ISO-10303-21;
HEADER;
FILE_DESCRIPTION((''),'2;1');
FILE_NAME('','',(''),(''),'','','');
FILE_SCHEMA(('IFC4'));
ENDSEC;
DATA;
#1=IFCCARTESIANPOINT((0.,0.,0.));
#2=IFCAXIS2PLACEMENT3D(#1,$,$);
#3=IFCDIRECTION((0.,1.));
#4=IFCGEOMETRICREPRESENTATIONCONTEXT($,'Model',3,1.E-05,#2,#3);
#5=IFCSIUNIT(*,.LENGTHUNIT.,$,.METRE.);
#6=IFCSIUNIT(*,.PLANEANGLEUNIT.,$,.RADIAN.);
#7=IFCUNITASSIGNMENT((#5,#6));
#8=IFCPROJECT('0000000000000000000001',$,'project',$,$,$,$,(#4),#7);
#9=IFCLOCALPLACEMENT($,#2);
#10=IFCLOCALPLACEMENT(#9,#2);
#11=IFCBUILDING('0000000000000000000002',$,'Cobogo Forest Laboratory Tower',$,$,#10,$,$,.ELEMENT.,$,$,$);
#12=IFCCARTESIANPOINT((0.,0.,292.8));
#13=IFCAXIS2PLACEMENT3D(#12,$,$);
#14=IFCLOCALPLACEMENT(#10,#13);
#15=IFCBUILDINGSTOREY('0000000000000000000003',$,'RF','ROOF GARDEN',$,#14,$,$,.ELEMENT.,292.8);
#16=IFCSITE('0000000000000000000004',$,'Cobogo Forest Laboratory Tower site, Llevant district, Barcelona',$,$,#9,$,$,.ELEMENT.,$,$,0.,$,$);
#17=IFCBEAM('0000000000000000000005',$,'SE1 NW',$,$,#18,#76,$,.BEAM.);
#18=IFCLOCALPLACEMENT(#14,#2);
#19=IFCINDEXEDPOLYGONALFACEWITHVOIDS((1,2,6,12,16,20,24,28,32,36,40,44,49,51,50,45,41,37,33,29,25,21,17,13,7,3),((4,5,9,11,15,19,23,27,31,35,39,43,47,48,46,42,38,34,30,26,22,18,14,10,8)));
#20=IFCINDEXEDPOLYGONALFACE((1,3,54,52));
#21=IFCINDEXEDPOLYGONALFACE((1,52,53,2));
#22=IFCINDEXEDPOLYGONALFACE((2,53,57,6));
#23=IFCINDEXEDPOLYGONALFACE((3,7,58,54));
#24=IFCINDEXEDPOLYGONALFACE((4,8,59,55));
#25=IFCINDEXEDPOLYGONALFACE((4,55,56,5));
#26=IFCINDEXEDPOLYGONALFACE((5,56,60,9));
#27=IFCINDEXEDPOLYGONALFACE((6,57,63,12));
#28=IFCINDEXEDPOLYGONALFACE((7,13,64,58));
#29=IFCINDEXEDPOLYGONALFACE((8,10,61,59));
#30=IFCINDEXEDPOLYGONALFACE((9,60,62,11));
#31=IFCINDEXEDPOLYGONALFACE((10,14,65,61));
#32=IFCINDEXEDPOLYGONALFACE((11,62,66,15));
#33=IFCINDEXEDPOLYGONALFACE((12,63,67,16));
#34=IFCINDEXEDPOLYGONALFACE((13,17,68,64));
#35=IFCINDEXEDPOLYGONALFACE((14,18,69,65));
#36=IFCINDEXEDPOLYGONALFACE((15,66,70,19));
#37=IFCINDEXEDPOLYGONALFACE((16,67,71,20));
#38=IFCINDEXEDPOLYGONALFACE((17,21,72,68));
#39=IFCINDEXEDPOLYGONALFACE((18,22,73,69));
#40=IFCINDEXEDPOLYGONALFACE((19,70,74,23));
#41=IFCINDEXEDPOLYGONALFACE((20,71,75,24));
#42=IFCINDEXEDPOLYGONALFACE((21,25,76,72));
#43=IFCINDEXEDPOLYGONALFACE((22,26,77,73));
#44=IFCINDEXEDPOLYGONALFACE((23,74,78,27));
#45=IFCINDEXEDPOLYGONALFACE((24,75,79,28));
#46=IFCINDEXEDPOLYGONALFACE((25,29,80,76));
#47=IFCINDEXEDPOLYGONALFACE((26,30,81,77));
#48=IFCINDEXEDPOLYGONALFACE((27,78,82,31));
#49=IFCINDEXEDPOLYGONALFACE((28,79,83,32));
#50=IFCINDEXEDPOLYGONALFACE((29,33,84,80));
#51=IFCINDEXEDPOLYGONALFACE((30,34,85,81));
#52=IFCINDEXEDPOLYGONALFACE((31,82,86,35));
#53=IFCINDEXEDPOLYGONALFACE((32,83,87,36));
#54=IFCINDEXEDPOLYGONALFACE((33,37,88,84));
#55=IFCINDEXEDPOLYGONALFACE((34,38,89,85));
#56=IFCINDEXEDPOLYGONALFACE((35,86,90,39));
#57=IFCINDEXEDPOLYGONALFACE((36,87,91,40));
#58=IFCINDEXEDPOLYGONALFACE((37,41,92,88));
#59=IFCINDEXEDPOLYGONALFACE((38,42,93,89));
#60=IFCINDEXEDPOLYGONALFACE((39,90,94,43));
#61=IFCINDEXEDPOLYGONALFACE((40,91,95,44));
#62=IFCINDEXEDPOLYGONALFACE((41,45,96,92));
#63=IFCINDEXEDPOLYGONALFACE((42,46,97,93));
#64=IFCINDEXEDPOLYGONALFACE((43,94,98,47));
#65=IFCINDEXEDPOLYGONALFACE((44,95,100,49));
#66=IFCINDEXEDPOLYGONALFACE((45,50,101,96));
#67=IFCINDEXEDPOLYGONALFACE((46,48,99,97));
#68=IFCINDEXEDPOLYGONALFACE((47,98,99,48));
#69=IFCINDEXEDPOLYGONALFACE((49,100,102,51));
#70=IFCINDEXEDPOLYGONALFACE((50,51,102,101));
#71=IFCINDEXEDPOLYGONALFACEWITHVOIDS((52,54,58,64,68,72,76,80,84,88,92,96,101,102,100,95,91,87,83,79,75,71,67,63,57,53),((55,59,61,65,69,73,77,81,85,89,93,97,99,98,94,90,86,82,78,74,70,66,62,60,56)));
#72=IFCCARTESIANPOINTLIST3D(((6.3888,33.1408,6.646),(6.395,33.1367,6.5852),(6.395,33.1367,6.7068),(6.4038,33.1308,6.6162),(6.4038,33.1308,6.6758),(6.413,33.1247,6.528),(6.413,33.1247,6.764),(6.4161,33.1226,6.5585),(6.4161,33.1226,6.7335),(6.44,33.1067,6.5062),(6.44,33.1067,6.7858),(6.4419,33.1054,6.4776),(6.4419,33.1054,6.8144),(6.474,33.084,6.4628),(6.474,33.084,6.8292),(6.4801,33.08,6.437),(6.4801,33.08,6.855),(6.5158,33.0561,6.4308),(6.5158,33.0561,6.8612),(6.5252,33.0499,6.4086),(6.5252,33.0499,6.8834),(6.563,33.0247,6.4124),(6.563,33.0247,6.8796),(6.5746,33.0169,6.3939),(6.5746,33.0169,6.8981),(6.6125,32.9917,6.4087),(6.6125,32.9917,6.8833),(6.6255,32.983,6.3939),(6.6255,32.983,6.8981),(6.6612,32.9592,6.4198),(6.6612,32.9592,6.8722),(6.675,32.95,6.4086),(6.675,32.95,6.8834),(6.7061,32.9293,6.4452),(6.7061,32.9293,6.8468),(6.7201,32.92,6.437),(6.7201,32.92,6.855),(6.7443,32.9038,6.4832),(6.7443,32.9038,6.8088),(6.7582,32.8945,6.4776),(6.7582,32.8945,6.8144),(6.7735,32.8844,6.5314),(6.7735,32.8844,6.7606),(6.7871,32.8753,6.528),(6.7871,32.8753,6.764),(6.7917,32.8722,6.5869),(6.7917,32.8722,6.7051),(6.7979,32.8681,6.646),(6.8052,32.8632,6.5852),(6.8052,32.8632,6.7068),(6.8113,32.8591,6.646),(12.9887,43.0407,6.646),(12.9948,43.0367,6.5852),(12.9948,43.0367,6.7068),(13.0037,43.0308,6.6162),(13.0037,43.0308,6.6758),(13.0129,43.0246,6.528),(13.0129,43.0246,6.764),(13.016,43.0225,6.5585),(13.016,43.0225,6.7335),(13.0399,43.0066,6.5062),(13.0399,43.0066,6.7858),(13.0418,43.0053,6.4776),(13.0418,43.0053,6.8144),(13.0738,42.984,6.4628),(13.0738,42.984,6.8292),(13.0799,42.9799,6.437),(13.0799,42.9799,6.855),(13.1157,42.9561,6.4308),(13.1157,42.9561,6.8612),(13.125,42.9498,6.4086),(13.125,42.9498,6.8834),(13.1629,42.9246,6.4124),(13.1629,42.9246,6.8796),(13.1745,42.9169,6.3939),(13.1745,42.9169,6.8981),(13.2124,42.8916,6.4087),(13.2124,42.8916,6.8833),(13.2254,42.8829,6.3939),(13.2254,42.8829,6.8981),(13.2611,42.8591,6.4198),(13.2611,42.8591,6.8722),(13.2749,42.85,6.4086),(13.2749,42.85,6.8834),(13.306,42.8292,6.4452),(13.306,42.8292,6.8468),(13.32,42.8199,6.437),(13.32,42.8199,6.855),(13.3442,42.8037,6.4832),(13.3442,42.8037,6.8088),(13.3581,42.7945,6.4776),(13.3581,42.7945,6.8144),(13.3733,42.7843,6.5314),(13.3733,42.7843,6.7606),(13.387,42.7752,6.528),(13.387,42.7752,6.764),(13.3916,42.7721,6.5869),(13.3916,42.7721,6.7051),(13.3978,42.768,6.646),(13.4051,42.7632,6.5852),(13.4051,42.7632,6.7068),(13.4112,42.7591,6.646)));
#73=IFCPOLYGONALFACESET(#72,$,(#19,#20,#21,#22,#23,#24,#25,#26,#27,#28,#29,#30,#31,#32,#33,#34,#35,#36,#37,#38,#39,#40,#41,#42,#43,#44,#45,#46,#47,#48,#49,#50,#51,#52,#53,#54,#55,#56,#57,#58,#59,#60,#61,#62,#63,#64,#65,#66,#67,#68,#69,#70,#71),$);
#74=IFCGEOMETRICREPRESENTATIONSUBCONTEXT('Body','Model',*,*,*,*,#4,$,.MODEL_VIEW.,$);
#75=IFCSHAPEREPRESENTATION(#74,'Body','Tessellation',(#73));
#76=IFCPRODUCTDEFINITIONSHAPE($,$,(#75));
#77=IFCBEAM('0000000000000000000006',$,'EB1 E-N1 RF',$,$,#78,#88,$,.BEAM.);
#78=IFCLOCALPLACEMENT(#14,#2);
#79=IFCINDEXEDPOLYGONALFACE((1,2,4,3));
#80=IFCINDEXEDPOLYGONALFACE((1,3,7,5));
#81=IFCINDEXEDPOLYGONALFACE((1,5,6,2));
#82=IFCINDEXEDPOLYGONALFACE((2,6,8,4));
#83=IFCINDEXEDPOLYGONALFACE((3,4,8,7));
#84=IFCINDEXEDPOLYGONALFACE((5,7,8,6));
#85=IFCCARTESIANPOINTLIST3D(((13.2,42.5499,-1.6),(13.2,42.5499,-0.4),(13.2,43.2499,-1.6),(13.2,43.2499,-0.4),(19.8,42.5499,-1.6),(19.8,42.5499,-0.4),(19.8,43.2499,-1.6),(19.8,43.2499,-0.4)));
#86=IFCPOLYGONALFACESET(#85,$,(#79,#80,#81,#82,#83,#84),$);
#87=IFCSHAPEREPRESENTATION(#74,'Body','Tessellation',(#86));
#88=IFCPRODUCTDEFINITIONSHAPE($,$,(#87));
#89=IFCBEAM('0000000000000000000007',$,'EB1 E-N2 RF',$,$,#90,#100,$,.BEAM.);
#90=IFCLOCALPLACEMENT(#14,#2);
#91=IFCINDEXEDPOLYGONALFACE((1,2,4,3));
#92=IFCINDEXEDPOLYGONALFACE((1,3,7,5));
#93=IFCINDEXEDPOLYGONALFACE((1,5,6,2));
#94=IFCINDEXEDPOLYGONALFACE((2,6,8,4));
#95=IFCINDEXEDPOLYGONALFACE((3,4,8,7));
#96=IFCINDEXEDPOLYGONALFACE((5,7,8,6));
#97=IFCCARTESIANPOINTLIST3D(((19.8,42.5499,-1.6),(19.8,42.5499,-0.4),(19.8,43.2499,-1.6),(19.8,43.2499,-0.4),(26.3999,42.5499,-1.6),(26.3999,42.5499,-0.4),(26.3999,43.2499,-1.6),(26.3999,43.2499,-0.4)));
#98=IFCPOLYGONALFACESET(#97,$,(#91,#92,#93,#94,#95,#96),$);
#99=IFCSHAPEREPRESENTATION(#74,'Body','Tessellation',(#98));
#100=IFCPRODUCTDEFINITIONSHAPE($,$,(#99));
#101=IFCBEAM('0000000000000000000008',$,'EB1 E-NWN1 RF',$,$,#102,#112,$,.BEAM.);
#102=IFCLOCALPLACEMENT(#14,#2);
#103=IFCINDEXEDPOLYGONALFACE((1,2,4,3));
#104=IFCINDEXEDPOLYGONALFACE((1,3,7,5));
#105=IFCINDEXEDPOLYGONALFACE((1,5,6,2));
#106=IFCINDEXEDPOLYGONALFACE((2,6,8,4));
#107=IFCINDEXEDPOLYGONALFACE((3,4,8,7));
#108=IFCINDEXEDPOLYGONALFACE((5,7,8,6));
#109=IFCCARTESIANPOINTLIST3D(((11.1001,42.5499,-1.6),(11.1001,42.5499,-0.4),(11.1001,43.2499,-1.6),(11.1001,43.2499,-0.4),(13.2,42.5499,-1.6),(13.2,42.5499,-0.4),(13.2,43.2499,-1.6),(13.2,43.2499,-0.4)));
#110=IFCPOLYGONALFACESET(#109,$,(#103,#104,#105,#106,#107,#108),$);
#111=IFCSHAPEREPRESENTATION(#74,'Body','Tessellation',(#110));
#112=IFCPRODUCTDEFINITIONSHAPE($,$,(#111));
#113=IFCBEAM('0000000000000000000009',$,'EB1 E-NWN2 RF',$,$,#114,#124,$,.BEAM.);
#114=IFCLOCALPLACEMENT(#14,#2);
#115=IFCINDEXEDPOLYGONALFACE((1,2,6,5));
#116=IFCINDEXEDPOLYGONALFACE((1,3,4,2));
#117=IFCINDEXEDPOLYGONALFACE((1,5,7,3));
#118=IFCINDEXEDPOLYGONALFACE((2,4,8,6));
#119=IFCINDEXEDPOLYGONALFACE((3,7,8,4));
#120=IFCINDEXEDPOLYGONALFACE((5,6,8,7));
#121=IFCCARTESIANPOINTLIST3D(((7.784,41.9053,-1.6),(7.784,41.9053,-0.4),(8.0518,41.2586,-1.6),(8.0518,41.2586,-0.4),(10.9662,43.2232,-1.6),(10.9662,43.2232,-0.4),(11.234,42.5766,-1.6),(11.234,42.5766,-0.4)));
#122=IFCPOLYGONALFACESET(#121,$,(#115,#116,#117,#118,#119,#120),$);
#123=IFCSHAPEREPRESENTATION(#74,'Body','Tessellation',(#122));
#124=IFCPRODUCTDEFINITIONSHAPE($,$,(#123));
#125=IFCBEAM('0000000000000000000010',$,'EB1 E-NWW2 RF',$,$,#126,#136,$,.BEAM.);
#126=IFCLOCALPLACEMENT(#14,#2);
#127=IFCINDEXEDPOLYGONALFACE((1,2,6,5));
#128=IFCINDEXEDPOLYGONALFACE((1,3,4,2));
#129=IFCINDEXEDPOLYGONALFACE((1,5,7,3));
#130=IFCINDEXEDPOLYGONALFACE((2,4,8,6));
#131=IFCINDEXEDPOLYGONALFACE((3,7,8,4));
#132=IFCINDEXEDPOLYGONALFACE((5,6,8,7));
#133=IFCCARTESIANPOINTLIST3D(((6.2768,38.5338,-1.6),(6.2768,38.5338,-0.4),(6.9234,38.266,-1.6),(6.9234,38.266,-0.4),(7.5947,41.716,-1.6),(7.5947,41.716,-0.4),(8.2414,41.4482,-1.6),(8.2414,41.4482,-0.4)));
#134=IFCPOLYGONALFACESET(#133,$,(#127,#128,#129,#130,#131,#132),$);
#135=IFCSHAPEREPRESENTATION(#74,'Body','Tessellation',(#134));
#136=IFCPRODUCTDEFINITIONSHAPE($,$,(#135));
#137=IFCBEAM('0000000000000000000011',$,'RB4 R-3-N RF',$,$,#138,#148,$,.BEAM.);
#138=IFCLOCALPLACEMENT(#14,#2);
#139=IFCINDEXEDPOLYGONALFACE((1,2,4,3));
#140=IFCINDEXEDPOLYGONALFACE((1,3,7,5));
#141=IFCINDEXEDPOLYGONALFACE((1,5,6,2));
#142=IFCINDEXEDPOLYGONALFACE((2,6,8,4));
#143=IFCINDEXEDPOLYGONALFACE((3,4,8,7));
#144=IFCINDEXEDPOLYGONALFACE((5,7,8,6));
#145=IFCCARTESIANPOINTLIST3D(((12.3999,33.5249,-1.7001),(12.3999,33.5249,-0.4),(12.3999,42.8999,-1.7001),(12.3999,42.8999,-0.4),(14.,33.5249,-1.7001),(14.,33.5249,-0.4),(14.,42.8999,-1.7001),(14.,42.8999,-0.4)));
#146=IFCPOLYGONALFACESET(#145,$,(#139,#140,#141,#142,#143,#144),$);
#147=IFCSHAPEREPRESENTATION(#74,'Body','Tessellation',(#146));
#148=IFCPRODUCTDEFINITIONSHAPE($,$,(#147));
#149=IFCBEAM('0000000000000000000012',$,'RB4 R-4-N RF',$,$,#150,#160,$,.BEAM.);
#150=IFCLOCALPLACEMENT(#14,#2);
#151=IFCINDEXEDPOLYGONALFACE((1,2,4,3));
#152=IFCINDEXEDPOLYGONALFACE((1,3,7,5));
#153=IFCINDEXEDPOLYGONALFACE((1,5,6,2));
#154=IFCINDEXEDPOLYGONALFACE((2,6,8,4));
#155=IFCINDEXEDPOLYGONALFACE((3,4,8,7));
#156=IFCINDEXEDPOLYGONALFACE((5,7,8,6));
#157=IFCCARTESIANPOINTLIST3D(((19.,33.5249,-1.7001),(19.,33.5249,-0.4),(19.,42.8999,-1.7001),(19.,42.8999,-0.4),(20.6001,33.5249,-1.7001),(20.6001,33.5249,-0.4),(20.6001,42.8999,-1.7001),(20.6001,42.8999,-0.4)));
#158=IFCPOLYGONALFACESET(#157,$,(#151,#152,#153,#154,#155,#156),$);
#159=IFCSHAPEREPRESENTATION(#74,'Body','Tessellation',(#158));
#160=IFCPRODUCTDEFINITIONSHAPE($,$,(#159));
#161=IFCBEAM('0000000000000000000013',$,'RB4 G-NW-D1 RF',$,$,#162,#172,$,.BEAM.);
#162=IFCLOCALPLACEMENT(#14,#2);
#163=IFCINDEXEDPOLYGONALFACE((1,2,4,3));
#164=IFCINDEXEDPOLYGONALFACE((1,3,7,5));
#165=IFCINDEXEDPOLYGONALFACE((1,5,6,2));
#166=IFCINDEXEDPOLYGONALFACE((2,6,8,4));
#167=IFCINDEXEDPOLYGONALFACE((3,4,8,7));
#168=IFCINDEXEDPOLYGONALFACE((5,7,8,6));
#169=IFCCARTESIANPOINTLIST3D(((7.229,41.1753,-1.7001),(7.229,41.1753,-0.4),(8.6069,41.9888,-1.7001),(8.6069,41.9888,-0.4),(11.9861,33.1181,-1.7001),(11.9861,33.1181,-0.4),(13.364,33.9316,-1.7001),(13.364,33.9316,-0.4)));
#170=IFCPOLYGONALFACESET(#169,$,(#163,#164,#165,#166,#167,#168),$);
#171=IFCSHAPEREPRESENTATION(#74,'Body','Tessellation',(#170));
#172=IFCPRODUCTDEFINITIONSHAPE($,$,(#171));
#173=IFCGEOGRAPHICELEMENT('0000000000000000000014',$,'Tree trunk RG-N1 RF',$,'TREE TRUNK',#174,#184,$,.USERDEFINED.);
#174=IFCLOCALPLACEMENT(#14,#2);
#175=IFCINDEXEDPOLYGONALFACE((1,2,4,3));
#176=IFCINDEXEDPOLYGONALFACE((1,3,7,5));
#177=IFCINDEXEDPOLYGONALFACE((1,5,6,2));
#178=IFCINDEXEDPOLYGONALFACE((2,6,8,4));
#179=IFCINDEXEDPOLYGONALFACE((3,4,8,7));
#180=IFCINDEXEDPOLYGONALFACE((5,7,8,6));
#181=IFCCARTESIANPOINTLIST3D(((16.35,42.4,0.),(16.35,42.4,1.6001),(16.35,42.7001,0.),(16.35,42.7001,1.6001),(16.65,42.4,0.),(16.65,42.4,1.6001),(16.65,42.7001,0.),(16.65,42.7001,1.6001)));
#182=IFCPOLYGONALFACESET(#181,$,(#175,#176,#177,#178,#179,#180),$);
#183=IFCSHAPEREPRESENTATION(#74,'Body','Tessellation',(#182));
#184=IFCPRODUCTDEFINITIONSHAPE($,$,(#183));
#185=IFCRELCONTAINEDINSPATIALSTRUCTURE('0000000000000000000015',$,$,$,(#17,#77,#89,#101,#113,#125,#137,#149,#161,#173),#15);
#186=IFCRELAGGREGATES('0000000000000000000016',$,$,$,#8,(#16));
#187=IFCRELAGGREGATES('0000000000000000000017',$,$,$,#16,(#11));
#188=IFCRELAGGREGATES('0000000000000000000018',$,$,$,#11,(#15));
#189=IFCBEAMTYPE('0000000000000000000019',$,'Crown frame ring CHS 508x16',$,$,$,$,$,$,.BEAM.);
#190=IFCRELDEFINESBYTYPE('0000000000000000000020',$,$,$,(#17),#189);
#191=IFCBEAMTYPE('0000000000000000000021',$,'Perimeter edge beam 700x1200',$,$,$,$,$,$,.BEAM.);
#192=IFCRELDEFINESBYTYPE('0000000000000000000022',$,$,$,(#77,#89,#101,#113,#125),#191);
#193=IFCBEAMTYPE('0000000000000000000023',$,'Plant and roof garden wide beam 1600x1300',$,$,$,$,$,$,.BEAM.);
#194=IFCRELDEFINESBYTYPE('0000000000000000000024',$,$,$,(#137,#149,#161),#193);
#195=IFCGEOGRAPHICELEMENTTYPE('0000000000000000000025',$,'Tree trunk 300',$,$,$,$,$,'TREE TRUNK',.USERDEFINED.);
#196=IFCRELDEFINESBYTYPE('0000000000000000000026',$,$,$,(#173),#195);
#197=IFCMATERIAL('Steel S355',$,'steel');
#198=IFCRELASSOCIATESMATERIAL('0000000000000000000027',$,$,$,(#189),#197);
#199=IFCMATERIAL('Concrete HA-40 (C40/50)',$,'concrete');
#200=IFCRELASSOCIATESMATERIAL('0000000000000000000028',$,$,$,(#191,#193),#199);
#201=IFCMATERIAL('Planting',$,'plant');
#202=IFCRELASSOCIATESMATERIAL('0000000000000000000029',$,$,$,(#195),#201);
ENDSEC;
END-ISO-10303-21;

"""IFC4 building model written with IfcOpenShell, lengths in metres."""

from ifc_helpers import new_model, si_unit, direction, frame, origin, origin_2d, place, context, subcontext, project, spatial, rectangle, hollow_circle, extrude, material, material_profile, profile_set, type_object, element, save


model = new_model("IFC4")

# Units and contexts
model_context = context("Model", 3, precision=1e-05, world=origin(), true_north=direction((0.0, 1.0)))
body_context = subcontext(model_context, "Body", "Model", "MODEL_VIEW")
ifc_project = project(units=[si_unit("LENGTHUNIT", "METRE"), si_unit("PLANEANGLEUNIT", "RADIAN")], contexts=[model_context])

# Site, building, storey
site_placement = place(None, origin())
site = spatial("IfcSite", under=ifc_project, at=site_placement, Name="Cobogo Forest Laboratory Tower site, Llevant district, Barcelona", CompositionType="ELEMENT", RefElevation=0.0)
building_placement = place(site_placement, origin())
building = spatial("IfcBuilding", under=site, at=building_placement, Name="Cobogo Forest Laboratory Tower", CompositionType="ELEMENT")
storey_placement = place(building_placement, frame((0.0, 0.0, 292.8)))
storey = spatial("IfcBuildingStorey", under=building, at=storey_placement, Name="RF", Description="ROOF GARDEN", CompositionType="ELEMENT", Elevation=292.8)

# Shared definitions
ifc_material_1 = material(Name="Steel S355", Category="steel")

# Beams
ifc_material_profile_1 = material_profile(ifc_material_1, hollow_circle(Radius=0.2539, WallThickness=0.0161, at=origin_2d()), Name="CHS 508x16")
ifc_profile_set_1 = profile_set([ifc_material_profile_1], Name="Steel S355")
beam_type_1 = type_object("IfcBeamType", Name="Crown frame ring CHS 508x16", PredefinedType="BEAM", material=ifc_profile_set_1)
beam_1_placement = place(storey_placement, frame((13.2, 42.8999, 6.646), z_axis=(-0.554695, -0.832053, 0.0), x_axis=(0.832053, -0.554695, 0.0)))
element("IfcBeam", 1, at=beam_1_placement, inside=storey, type_object=beam_type_1, Name="SE1 NW", PredefinedType="BEAM", context=body_context, shape_type="SweptSolid", body=[
    extrude(hollow_circle(Radius=0.2539, WallThickness=0.0161, at=origin_2d()), origin(), (0.0, 0.0, 1.0), 11.8982),
])
ifc_material_2 = material(Name="Concrete HA-40 (C40/50)", Category="concrete")
ifc_material_profile_2 = material_profile(ifc_material_2, rectangle(XDim=0.7, YDim=1.2, at=origin_2d()), Name="RC 700x1200")
ifc_profile_set_2 = profile_set([ifc_material_profile_2], Name="Concrete HA-40 (C40/50)")
beam_type_2 = type_object("IfcBeamType", Name="Perimeter edge beam 700x1200", PredefinedType="BEAM", material=ifc_profile_set_2)
beam_2_placement = place(storey_placement, frame((13.2, 42.8999, -1.0), z_axis=(1.0, 0.0, 0.0), x_axis=(0.0, 1.0, 0.0)))
element("IfcBeam", 2, at=beam_2_placement, inside=storey, type_object=beam_type_2, Name="EB1 E-N1 RF", PredefinedType="BEAM", context=body_context, shape_type="SweptSolid", body=[
    extrude(rectangle(XDim=0.7, YDim=1.2, at=origin_2d()), origin(), (0.0, 0.0, 1.0), 6.6001),
])
beam_3_placement = place(storey_placement, frame((19.8, 42.8999, -1.0), z_axis=(1.0, 0.0, 0.0), x_axis=(0.0, 1.0, 0.0)))
element("IfcBeam", 3, at=beam_3_placement, inside=storey, type_object=beam_type_2, Name="EB1 E-N2 RF", PredefinedType="BEAM", context=body_context, shape_type="SweptSolid", body=[
    extrude(rectangle(XDim=0.7, YDim=1.2, at=origin_2d()), origin(), (0.0, 0.0, 1.0), 6.5999),
])
beam_4_placement = place(storey_placement, frame((13.2, 42.8999, -1.0), z_axis=(-1.0, 0.0, 0.0), x_axis=(0.0, -1.0, 0.0)))
element("IfcBeam", 4, at=beam_4_placement, inside=storey, type_object=beam_type_2, Name="EB1 E-NWN1 RF", PredefinedType="BEAM", context=body_context, shape_type="SweptSolid", body=[
    extrude(rectangle(XDim=0.7, YDim=1.2, at=origin_2d()), origin(), (0.0, 0.0, 1.0), 2.0999),
])
for number, where, z_axis, x_axis, name in (
    (5, (11.1001, 42.8999, -1.0), (-0.923901, -0.382631, 0.0), (0.382631, -0.923901, 0.0), "EB1 E-NWN2 RF"),
    (6, (6.6001, 38.3999, -1.0), (0.382631, 0.923901, 0.0), (-0.923901, 0.382631, 0.0), "EB1 E-NWW2 RF"),
):
    element("IfcBeam", number, at=place(storey_placement, frame(where, z_axis=z_axis, x_axis=x_axis)), inside=storey, type_object=beam_type_2, Name=name, PredefinedType="BEAM", context=body_context, shape_type="SweptSolid", body=[
        extrude(rectangle(XDim=0.7, YDim=1.2, at=origin_2d()), origin(), (0.0, 0.0, 1.0), 3.4443),
    ])
ifc_material_profile_3 = material_profile(ifc_material_2, rectangle(XDim=1.6001, YDim=1.3, at=origin_2d()), Name="RC 1600x1300")
ifc_profile_set_3 = profile_set([ifc_material_profile_3], Name="Concrete HA-40 (C40/50)")
beam_type_3 = type_object("IfcBeamType", Name="Plant and roof garden wide beam 1600x1300", PredefinedType="BEAM", material=ifc_profile_set_3)
for number, where, z_axis, x_axis, name in (
    (7, (13.2, 33.5249, -1.05), (0.0, 1.0, 0.0), (-1.0, 0.0, 0.0), "RB4 R-3-N RF"),
    (8, (19.8, 33.5249, -1.05), (0.0, 1.0, 0.0), (-1.0, 0.0, 0.0), "RB4 R-4-N RF"),
):
    element("IfcBeam", number, at=place(storey_placement, frame(where, z_axis=z_axis, x_axis=x_axis)), inside=storey, type_object=beam_type_3, Name=name, PredefinedType="BEAM", context=body_context, shape_type="SweptSolid", body=[
        extrude(rectangle(XDim=1.6001, YDim=1.3, at=origin_2d()), origin(), (0.0, 0.0, 1.0), 9.375),
    ])
beam_5_placement = place(storey_placement, frame((7.918, 41.582, -1.05), z_axis=(0.508416, -0.861111, 0.0), x_axis=(0.861111, 0.508416, 0.0)))
element("IfcBeam", 9, at=beam_5_placement, inside=storey, type_object=beam_type_3, Name="RB4 G-NW-D1 RF", PredefinedType="BEAM", context=body_context, shape_type="SweptSolid", body=[
    extrude(rectangle(XDim=1.6001, YDim=1.3, at=origin_2d()), origin(), (0.0, 0.0, 1.0), 9.3567),
])

# Geographic element
ifc_material_3 = material(Name="Planting", Category="plant")
geographic_element_type = type_object("IfcGeographicElementType", Name="Tree trunk 300", ElementType="TREE TRUNK", PredefinedType="USERDEFINED", material=ifc_material_3)
geographic_element_placement = place(storey_placement, frame((16.5, 42.55, 0.0), z_axis=(0.0, 0.0, 1.0), x_axis=(1.0, 0.0, 0.0)))
element("IfcGeographicElement", 10, at=geographic_element_placement, inside=storey, type_object=geographic_element_type, Name="Tree trunk RG-N1 RF", ObjectType="TREE TRUNK", PredefinedType="USERDEFINED", context=body_context, shape_type="SweptSolid", body=[
    extrude(rectangle(XDim=0.3, YDim=0.3, at=origin_2d()), origin(), (0.0, 0.0, 1.0), 1.6001),
])

save(model, "model.ifc")
